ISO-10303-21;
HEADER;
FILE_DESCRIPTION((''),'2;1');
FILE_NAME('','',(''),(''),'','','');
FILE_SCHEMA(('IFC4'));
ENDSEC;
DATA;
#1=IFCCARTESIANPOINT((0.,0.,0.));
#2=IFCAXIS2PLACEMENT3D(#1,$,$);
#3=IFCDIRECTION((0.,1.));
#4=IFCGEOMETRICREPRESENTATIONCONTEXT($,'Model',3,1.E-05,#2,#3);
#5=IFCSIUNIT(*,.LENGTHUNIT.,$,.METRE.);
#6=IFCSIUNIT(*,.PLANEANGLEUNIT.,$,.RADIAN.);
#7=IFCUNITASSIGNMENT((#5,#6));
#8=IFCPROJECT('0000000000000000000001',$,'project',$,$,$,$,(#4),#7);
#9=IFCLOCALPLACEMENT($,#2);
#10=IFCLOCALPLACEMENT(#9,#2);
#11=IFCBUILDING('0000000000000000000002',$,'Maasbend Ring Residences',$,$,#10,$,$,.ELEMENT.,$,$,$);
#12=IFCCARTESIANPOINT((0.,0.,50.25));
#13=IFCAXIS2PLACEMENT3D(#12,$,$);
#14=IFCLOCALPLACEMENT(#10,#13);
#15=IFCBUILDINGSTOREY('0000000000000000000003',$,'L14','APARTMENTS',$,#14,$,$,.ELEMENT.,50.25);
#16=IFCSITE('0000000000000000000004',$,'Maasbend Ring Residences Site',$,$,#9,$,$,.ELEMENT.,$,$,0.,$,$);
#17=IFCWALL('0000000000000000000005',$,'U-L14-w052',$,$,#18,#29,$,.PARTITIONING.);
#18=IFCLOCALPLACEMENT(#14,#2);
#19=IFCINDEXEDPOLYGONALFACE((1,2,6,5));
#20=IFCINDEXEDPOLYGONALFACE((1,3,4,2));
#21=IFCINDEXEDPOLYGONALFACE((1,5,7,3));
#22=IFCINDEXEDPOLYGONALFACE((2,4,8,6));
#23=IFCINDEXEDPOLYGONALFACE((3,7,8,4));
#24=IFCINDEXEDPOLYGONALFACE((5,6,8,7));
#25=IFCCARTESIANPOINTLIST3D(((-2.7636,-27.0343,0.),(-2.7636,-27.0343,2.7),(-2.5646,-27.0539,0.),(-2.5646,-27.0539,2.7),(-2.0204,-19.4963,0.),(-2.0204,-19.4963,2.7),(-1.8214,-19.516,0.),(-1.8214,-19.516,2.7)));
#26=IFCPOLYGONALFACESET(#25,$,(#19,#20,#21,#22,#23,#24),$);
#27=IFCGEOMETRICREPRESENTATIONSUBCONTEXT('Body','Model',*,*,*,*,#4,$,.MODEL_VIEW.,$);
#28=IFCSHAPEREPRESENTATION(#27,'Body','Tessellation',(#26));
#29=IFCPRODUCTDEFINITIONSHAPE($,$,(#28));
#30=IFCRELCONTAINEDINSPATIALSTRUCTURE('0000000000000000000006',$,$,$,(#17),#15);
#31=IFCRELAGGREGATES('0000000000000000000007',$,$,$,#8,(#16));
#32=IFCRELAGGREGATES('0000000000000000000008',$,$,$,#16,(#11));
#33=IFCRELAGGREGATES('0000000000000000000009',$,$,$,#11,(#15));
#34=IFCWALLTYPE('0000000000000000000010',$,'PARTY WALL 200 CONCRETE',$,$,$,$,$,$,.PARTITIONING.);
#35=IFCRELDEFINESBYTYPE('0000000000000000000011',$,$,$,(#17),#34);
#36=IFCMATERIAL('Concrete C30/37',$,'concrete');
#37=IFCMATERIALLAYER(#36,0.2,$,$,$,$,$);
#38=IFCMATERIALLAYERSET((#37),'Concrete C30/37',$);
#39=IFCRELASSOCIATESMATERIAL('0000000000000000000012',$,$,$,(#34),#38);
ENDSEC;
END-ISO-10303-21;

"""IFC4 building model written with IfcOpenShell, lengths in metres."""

from ifc_helpers import new_model, si_unit, direction, frame, frame_2d, origin, place, context, subcontext, project, spatial, rectangle, extrude, material, layer, layer_set, type_object, element, save


model = new_model("IFC4")

# Units and contexts
model_context = context("Model", 3, precision=1e-05, world=origin(), true_north=direction((0.0, 1.0)))
body_context = subcontext(model_context, "Body", "Model", "MODEL_VIEW")
ifc_project = project(units=[si_unit("LENGTHUNIT", "METRE"), si_unit("PLANEANGLEUNIT", "RADIAN")], contexts=[model_context])

# Site, building, storey
site_placement = place(None, origin())
site = spatial("IfcSite", under=ifc_project, at=site_placement, Name="Maasbend Ring Residences Site", CompositionType="ELEMENT", RefElevation=0.0)
building_placement = place(site_placement, origin())
building = spatial("IfcBuilding", under=site, at=building_placement, Name="Maasbend Ring Residences", CompositionType="ELEMENT")
storey_placement = place(building_placement, frame((0.0, 0.0, 50.25)))
storey = spatial("IfcBuildingStorey", under=building, at=storey_placement, Name="L14", Description="APARTMENTS", CompositionType="ELEMENT", Elevation=50.25)

# Wall
ifc_material_1 = material(Name="Concrete C30/37", Category="concrete")
ifc_layer_1 = layer(ifc_material_1, 0.2)
ifc_layer_set_1 = layer_set([ifc_layer_1], Name="Concrete C30/37")
wall_type_1 = type_object("IfcWallType", Name="PARTY WALL 200 CONCRETE", PredefinedType="PARTITIONING", material=ifc_layer_set_1)
wall_1_placement = place(storey_placement, frame((-2.6641, -27.0439, 0.0), z_axis=(0.0, 0.0, 1.0), x_axis=(0.098115, 0.995175, 0.0)))
element("IfcWall", 1, at=wall_1_placement, inside=storey, type_object=wall_type_1, Name="U-L14-w052", PredefinedType="PARTITIONING", context=body_context, shape_type="SweptSolid", body=[
    extrude(rectangle(XDim=7.5745, YDim=0.2, at=frame_2d((3.7871, 0.0))), origin(), (0.0, 0.0, 1.0), 2.7),
])

save(model, "model.ifc")
